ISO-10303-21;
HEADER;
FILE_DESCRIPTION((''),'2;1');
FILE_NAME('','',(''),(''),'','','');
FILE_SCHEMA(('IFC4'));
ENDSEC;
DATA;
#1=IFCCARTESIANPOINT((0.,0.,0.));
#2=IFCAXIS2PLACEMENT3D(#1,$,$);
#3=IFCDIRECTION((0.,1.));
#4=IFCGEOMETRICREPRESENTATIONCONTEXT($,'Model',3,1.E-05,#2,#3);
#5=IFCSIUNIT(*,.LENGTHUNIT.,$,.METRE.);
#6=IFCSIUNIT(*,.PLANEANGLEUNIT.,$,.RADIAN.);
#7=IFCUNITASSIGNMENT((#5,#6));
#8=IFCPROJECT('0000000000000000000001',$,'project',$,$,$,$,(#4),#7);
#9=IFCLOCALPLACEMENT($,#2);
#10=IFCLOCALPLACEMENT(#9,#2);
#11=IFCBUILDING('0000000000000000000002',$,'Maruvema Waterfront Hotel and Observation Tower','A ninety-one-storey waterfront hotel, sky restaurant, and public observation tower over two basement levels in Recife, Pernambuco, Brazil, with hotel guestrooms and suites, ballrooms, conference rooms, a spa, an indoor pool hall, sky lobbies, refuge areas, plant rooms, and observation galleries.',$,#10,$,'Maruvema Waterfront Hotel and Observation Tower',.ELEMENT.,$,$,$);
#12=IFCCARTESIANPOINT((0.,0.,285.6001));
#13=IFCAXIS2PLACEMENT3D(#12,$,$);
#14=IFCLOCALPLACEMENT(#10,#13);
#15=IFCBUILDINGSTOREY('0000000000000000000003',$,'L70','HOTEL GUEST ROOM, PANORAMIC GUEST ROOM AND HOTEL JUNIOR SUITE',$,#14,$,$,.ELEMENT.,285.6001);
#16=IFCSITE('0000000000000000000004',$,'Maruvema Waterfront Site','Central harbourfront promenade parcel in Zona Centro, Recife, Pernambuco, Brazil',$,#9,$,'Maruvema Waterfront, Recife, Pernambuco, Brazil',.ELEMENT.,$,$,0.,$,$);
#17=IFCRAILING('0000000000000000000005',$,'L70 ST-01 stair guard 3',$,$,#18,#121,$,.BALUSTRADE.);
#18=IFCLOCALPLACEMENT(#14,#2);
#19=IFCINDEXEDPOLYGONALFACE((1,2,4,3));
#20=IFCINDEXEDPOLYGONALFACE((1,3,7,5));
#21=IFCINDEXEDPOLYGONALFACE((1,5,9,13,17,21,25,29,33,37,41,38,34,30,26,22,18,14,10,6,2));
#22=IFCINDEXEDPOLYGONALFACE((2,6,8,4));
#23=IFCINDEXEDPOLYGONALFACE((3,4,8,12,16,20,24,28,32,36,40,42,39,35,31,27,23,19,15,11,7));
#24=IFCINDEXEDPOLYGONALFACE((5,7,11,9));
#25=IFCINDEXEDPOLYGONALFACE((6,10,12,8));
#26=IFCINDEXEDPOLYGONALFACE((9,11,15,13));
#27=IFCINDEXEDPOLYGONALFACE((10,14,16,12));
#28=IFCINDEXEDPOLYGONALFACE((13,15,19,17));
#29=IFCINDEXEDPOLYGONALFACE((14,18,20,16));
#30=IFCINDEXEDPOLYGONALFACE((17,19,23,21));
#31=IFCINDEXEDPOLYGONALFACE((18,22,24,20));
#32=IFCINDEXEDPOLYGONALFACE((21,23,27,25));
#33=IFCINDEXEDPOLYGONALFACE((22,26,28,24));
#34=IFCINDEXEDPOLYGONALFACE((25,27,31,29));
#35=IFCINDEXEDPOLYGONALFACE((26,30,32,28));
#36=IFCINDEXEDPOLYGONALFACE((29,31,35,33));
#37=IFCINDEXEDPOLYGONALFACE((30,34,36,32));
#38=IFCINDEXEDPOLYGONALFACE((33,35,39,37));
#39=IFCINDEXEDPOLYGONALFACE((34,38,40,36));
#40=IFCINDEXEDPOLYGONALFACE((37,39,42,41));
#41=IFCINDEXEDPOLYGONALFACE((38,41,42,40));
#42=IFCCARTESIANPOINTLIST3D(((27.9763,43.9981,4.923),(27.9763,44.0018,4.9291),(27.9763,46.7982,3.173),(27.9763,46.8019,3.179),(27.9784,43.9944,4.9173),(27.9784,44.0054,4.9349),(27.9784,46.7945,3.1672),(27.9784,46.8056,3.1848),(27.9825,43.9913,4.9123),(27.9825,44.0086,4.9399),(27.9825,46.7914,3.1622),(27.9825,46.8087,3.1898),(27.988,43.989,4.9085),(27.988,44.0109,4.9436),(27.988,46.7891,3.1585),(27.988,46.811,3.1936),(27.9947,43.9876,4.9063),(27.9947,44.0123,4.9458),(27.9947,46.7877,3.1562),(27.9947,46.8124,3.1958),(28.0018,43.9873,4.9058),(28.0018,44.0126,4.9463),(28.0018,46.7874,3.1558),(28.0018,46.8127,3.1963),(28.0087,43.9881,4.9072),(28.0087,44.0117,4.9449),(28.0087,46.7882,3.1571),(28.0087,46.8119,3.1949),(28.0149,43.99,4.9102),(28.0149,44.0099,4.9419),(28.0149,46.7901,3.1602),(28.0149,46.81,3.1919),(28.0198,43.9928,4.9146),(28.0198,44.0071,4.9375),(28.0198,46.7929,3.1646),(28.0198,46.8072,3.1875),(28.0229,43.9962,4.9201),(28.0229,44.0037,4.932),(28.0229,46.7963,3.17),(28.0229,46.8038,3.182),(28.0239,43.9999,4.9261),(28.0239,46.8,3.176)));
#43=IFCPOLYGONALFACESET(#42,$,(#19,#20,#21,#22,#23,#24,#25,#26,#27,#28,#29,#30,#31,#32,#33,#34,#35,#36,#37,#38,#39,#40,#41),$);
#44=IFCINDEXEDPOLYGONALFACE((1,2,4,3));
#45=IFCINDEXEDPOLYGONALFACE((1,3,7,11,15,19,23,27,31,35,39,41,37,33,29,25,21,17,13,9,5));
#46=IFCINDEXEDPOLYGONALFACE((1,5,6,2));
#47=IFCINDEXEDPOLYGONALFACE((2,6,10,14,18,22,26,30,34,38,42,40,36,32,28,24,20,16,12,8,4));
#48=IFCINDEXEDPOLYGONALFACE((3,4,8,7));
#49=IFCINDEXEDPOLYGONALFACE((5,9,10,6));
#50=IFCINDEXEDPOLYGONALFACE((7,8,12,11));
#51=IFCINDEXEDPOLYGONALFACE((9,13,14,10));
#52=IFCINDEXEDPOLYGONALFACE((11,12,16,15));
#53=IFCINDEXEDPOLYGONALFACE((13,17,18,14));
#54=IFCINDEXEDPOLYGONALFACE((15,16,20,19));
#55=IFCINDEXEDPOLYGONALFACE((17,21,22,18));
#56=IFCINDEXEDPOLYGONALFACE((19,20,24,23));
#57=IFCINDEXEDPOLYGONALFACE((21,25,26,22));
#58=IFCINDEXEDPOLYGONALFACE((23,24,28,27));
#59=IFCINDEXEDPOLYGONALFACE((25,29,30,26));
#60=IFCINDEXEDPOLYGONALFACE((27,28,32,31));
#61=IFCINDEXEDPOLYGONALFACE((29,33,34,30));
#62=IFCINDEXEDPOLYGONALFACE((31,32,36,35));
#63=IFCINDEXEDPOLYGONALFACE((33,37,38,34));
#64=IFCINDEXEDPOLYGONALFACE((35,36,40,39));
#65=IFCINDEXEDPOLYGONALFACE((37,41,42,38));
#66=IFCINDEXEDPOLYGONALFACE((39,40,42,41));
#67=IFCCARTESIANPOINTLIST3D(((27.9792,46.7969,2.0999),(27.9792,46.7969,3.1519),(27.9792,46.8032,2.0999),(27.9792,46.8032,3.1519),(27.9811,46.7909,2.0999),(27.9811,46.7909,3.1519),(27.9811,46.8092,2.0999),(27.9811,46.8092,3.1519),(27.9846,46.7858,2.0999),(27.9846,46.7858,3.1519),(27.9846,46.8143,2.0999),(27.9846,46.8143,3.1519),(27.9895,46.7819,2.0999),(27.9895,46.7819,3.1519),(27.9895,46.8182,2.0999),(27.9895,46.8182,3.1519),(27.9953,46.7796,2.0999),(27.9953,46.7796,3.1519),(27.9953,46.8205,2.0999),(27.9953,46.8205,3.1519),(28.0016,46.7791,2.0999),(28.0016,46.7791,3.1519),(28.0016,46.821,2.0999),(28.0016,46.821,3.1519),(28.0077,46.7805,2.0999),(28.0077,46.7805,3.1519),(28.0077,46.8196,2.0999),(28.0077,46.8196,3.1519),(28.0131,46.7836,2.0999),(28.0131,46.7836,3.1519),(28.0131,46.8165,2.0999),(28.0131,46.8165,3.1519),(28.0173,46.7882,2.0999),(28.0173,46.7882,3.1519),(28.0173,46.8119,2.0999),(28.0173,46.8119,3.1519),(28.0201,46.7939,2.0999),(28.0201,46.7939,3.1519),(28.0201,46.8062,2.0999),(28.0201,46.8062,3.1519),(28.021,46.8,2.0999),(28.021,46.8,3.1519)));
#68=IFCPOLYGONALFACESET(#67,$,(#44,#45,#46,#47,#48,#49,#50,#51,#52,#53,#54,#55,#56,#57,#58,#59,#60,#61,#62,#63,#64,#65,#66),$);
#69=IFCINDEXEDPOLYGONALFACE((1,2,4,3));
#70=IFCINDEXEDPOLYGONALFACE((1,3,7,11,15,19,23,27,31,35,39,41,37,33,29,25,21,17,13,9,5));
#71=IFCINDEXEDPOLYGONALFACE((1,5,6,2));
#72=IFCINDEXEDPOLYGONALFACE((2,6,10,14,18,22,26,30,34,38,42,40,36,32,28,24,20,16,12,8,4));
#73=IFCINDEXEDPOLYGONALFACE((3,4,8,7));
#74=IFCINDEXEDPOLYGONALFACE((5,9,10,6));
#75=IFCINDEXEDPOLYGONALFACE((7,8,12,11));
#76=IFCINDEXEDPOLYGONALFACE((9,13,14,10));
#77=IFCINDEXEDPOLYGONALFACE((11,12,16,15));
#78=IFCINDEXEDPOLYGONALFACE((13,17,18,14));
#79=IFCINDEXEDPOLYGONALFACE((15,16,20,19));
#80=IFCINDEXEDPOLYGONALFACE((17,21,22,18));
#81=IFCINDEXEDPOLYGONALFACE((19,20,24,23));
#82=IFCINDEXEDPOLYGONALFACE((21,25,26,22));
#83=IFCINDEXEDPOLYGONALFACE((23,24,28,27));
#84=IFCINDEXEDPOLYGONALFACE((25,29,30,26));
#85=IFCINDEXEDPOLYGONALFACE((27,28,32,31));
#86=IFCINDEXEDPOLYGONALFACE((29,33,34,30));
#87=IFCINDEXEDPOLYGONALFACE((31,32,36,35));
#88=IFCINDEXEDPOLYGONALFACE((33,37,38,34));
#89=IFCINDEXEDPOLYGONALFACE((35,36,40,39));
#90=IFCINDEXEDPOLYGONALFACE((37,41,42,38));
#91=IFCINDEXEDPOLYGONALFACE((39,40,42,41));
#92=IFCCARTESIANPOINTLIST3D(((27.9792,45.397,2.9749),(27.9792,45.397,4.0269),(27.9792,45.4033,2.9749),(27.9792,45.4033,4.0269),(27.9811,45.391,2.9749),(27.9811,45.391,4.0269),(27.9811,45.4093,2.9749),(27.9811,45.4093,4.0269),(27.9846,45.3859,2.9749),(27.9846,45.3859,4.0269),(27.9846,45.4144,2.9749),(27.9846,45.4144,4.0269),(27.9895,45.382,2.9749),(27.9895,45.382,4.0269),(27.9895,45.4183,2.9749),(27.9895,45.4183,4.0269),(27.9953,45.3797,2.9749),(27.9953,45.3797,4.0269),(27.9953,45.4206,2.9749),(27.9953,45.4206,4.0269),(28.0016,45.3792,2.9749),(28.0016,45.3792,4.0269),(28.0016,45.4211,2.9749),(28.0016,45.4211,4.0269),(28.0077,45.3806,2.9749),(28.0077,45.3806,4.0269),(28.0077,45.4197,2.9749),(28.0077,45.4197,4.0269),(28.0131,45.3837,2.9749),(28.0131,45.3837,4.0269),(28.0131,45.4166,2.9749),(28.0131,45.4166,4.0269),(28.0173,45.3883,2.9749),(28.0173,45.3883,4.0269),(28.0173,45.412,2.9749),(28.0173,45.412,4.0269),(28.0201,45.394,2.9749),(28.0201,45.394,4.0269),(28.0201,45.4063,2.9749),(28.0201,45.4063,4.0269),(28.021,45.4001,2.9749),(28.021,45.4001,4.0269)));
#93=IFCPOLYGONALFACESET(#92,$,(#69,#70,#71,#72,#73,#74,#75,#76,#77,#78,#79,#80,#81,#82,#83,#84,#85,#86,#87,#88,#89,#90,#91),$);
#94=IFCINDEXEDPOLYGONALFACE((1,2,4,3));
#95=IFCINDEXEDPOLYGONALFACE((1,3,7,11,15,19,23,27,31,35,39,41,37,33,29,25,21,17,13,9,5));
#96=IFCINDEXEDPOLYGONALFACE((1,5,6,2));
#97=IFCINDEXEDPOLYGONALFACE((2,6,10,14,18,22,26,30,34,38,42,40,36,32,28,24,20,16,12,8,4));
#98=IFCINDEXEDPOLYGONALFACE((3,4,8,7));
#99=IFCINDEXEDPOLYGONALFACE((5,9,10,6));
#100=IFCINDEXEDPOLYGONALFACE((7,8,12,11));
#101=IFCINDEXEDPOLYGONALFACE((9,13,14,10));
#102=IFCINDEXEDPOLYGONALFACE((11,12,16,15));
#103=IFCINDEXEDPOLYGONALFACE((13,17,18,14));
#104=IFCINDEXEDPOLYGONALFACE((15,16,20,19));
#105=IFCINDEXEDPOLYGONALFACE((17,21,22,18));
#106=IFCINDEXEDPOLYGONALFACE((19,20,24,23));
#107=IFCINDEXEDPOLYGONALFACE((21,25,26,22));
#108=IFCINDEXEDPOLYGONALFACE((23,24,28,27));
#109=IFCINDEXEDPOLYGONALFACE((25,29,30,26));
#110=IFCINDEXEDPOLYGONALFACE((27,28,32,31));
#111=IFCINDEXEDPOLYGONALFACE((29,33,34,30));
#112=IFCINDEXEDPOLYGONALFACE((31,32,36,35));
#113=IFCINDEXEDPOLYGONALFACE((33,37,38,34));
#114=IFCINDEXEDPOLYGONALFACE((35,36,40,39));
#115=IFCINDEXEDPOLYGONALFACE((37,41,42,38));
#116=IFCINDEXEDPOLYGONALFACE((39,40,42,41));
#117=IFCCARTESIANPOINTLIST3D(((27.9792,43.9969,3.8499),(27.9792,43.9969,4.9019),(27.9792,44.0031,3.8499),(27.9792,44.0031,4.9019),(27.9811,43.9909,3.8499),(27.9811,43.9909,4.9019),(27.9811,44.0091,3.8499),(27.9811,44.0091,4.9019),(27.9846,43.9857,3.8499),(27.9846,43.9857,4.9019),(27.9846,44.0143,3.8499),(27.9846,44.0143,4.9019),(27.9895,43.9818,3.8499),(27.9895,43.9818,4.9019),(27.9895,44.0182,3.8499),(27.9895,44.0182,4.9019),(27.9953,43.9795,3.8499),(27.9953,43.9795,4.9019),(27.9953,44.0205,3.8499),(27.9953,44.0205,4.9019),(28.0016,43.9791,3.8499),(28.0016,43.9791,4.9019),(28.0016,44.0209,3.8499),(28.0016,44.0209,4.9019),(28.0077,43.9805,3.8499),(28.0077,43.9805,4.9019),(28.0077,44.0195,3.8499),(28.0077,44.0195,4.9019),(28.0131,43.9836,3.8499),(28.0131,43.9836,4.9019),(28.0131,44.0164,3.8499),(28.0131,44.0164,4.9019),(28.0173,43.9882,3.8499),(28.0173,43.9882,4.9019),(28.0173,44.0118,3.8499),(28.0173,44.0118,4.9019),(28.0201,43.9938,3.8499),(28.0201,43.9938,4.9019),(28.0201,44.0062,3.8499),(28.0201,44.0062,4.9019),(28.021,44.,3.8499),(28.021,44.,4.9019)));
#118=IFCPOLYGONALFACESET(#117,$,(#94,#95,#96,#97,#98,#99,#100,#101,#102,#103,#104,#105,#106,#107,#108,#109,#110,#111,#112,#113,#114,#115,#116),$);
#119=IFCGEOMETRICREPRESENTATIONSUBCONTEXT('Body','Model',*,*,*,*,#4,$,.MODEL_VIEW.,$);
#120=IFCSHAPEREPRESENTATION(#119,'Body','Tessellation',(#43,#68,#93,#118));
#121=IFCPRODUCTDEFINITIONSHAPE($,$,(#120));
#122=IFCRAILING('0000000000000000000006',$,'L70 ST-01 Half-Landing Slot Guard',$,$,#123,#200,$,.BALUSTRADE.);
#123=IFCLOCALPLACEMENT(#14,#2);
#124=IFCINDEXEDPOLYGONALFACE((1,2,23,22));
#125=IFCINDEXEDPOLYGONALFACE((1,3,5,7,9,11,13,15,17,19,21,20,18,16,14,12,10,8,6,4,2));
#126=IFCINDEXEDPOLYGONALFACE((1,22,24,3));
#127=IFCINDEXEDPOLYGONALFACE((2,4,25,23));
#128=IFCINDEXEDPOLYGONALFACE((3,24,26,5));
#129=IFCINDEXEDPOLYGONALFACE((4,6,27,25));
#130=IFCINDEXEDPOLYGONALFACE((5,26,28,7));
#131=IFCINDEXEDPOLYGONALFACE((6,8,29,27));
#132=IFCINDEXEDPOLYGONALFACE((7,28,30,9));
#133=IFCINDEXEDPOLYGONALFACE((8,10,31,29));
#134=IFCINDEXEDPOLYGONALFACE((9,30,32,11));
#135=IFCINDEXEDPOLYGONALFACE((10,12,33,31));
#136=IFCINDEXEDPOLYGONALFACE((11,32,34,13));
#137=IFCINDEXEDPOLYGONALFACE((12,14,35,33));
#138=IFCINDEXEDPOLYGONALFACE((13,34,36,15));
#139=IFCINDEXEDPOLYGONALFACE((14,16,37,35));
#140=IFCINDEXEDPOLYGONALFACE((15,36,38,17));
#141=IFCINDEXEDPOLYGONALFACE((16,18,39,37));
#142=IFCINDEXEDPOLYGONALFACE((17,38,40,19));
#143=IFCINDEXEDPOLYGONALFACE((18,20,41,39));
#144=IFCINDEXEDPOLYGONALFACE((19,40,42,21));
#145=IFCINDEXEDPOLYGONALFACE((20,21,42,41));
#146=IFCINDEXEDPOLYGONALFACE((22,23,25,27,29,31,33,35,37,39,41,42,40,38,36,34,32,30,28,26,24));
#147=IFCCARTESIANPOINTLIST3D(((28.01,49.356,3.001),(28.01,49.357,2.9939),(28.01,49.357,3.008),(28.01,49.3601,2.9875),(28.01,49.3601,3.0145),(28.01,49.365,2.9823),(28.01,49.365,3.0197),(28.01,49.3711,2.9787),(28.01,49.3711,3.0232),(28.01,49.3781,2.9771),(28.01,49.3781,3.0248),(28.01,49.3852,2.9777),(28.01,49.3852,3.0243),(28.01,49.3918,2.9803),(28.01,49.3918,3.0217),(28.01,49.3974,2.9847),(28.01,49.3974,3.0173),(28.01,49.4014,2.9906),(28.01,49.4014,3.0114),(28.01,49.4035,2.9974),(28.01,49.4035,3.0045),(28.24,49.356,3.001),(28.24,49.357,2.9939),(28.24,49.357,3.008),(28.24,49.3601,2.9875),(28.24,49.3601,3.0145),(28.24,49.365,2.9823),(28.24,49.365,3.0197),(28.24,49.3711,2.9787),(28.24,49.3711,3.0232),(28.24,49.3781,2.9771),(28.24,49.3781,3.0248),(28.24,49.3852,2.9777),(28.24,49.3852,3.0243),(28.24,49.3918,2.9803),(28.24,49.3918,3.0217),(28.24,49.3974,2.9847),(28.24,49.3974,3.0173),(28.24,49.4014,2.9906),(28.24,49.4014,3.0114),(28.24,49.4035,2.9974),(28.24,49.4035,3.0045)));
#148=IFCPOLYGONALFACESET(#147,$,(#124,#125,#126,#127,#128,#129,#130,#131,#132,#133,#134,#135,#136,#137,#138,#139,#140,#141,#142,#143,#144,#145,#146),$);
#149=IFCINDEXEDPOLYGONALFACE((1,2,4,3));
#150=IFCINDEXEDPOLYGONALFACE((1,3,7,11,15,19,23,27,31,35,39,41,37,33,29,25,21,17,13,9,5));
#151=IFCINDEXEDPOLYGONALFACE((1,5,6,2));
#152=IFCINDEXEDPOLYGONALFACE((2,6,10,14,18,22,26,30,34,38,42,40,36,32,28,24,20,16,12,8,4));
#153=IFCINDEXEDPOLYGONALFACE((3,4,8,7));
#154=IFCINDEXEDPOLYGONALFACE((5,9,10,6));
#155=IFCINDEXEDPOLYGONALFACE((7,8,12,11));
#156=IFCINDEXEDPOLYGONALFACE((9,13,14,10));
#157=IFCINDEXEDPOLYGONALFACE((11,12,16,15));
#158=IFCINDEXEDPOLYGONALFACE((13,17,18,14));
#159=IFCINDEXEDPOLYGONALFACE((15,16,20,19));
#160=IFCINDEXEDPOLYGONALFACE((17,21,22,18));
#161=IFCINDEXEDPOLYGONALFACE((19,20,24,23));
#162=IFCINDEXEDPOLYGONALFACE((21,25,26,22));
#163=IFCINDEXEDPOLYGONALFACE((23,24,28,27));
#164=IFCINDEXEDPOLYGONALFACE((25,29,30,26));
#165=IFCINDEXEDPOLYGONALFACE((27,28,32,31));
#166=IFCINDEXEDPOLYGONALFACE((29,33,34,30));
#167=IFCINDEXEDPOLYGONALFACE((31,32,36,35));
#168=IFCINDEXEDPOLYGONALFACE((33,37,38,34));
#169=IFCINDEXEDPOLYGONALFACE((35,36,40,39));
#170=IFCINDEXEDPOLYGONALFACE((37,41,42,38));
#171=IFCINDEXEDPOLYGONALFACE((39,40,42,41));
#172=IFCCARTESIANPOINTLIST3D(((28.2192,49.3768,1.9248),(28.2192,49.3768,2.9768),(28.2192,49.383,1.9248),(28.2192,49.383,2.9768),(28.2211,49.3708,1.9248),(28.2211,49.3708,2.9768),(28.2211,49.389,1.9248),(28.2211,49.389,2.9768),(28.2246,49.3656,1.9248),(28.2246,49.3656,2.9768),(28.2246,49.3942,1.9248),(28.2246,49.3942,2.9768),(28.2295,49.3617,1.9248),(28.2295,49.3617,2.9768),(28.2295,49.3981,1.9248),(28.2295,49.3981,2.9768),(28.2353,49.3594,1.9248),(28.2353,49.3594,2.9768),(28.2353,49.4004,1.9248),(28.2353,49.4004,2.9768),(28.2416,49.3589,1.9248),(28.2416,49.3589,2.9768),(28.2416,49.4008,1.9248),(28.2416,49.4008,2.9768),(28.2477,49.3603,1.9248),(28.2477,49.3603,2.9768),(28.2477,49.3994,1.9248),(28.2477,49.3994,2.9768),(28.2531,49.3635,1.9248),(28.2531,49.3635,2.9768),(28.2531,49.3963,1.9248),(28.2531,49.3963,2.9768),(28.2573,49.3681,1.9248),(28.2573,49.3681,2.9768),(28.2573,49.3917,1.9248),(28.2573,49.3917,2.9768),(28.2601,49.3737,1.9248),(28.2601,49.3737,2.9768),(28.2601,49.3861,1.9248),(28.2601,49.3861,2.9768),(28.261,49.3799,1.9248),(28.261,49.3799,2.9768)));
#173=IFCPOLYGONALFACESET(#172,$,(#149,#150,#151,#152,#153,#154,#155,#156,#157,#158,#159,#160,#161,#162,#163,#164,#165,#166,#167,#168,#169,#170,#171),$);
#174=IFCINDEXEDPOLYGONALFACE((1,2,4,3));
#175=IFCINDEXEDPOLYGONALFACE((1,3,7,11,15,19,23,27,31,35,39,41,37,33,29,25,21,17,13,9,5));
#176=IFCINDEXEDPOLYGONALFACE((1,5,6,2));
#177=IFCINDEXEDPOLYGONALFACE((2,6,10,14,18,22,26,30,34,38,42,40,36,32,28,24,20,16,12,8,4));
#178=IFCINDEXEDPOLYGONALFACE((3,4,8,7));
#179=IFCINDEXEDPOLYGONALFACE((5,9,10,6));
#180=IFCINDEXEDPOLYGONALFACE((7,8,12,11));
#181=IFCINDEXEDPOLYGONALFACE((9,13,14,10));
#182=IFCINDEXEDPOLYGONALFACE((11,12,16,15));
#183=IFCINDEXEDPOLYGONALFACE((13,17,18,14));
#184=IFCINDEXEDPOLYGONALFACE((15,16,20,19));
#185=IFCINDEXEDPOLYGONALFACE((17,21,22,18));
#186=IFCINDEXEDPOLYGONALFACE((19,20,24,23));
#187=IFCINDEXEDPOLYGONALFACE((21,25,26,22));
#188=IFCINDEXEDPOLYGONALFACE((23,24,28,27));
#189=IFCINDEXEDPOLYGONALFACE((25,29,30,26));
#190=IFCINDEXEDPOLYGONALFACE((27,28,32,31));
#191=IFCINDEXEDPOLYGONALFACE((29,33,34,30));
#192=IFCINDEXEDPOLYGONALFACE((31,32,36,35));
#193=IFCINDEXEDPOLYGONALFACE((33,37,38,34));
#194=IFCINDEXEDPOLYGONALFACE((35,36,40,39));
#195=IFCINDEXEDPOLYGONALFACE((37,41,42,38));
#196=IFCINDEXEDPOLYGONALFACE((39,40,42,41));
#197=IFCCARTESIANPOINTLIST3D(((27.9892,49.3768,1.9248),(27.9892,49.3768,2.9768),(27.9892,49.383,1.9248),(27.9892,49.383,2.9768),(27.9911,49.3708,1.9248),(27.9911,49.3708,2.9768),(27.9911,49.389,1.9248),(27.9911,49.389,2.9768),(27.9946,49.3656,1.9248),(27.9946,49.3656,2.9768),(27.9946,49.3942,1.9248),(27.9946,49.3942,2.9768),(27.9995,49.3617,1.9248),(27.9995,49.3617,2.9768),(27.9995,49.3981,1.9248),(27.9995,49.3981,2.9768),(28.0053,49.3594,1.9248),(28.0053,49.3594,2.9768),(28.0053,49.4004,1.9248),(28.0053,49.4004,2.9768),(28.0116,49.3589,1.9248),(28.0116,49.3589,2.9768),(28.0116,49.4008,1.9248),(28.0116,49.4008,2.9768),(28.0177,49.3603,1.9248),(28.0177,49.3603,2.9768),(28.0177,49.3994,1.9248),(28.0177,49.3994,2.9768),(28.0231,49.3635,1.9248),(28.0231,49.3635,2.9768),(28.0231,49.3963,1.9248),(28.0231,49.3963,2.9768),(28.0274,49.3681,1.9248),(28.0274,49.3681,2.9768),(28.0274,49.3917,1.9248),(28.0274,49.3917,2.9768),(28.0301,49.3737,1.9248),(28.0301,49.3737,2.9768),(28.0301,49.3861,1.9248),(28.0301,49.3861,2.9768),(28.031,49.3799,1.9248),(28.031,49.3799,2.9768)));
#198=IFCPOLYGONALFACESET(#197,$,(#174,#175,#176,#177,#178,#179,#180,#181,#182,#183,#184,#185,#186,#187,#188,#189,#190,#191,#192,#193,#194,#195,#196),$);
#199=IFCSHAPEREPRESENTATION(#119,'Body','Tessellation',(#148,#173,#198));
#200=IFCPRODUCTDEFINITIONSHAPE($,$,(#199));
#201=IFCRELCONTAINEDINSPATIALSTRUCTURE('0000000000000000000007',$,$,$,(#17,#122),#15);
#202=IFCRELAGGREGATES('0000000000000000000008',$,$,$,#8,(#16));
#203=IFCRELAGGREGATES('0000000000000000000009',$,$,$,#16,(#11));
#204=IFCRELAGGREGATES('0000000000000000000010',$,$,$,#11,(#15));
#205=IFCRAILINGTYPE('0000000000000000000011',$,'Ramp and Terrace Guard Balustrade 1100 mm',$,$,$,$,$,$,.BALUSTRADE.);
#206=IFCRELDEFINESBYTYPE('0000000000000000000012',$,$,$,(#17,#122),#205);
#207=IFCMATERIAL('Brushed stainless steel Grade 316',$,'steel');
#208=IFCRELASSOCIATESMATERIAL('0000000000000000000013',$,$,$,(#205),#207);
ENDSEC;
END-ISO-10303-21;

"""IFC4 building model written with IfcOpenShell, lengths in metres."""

from ifc_helpers import new_model, si_unit, direction, frame, origin, origin_2d, place, context, subcontext, project, spatial, circle, extrude, material, type_object, element, save


model = new_model("IFC4")

# Units and contexts
model_context = context("Model", 3, precision=1e-05, world=origin(), true_north=direction((0.0, 1.0)))
body_context = subcontext(model_context, "Body", "Model", "MODEL_VIEW")
ifc_project = project(units=[si_unit("LENGTHUNIT", "METRE"), si_unit("PLANEANGLEUNIT", "RADIAN")], contexts=[model_context])

# Site, building, storey
site_placement = place(None, origin())
site = spatial("IfcSite", under=ifc_project, at=site_placement, Name="Maruvema Waterfront Site", Description="Central harbourfront promenade parcel in Zona Centro, Recife, Pernambuco, Brazil", LongName="Maruvema Waterfront, Recife, Pernambuco, Brazil", CompositionType="ELEMENT", RefElevation=0.0)
building_placement = place(site_placement, origin())
building = spatial("IfcBuilding", under=site, at=building_placement, Name="Maruvema Waterfront Hotel and Observation Tower", Description="A ninety-one-storey waterfront hotel, sky restaurant, and public observation tower over two basement levels in Recife, Pernambuco, Brazil, with hotel guestrooms and suites, ballrooms, conference rooms, a spa, an indoor pool hall, sky lobbies, refuge areas, plant rooms, and observation galleries.", LongName="Maruvema Waterfront Hotel and Observation Tower", CompositionType="ELEMENT")
storey_placement = place(building_placement, frame((0.0, 0.0, 285.6001)))
storey = spatial("IfcBuildingStorey", under=building, at=storey_placement, Name="L70", Description="HOTEL GUEST ROOM, PANORAMIC GUEST ROOM AND HOTEL JUNIOR SUITE", CompositionType="ELEMENT", Elevation=285.6001)

# Railings
ifc_material_1 = material(Name="Brushed stainless steel Grade 316", Category="steel")
railing_type_1 = type_object("IfcRailingType", Name="Ramp and Terrace Guard Balustrade 1100 mm", PredefinedType="BALUSTRADE", material=ifc_material_1)
railing_1_placement = place(storey_placement, frame((28.0, 46.8, 2.0999)))
element("IfcRailing", 1, at=railing_1_placement, inside=storey, type_object=railing_type_1, Name="L70 ST-01 stair guard 3", PredefinedType="BALUSTRADE", context=body_context, shape_type="SweptSolid", body=[
    extrude(circle(Radius=0.0239, at=origin_2d()), frame((0.0, 0.0, 1.0762), z_axis=(0.0, -0.848002, 0.529992), x_axis=(1.0, 0.0, 0.0)), (0.0, 0.0, 1.0), 3.302),
    extrude(circle(Radius=0.021, at=origin_2d()), origin(), (0.0, 0.0, 1.0), 1.052),
    extrude(circle(Radius=0.021, at=origin_2d()), frame((0.0, -1.3999, 0.875)), (0.0, 0.0, 1.0), 1.052),
    extrude(circle(Radius=0.021, at=origin_2d()), frame((0.0, -2.8, 1.75)), (0.0, 0.0, 1.0), 1.052),
])
railing_2_placement = place(storey_placement, frame((28.24, 49.3799, 1.9248)))
element("IfcRailing", 2, at=railing_2_placement, inside=storey, type_object=railing_type_1, Name="L70 ST-01 Half-Landing Slot Guard", PredefinedType="BALUSTRADE", context=body_context, shape_type="SweptSolid", body=[
    extrude(circle(Radius=0.0239, at=origin_2d()), frame((0.0, 0.0, 1.0762), z_axis=(-1.0, 0.0, 0.0), x_axis=(0.0, -1.0, 0.0)), (0.0, 0.0, 1.0), 0.23),
    extrude(circle(Radius=0.021, at=origin_2d()), origin(), (0.0, 0.0, 1.0), 1.052),
    extrude(circle(Radius=0.021, at=origin_2d()), frame((-0.23, 0.0, 0.0)), (0.0, 0.0, 1.0), 1.052),
])

save(model, "model.ifc")
